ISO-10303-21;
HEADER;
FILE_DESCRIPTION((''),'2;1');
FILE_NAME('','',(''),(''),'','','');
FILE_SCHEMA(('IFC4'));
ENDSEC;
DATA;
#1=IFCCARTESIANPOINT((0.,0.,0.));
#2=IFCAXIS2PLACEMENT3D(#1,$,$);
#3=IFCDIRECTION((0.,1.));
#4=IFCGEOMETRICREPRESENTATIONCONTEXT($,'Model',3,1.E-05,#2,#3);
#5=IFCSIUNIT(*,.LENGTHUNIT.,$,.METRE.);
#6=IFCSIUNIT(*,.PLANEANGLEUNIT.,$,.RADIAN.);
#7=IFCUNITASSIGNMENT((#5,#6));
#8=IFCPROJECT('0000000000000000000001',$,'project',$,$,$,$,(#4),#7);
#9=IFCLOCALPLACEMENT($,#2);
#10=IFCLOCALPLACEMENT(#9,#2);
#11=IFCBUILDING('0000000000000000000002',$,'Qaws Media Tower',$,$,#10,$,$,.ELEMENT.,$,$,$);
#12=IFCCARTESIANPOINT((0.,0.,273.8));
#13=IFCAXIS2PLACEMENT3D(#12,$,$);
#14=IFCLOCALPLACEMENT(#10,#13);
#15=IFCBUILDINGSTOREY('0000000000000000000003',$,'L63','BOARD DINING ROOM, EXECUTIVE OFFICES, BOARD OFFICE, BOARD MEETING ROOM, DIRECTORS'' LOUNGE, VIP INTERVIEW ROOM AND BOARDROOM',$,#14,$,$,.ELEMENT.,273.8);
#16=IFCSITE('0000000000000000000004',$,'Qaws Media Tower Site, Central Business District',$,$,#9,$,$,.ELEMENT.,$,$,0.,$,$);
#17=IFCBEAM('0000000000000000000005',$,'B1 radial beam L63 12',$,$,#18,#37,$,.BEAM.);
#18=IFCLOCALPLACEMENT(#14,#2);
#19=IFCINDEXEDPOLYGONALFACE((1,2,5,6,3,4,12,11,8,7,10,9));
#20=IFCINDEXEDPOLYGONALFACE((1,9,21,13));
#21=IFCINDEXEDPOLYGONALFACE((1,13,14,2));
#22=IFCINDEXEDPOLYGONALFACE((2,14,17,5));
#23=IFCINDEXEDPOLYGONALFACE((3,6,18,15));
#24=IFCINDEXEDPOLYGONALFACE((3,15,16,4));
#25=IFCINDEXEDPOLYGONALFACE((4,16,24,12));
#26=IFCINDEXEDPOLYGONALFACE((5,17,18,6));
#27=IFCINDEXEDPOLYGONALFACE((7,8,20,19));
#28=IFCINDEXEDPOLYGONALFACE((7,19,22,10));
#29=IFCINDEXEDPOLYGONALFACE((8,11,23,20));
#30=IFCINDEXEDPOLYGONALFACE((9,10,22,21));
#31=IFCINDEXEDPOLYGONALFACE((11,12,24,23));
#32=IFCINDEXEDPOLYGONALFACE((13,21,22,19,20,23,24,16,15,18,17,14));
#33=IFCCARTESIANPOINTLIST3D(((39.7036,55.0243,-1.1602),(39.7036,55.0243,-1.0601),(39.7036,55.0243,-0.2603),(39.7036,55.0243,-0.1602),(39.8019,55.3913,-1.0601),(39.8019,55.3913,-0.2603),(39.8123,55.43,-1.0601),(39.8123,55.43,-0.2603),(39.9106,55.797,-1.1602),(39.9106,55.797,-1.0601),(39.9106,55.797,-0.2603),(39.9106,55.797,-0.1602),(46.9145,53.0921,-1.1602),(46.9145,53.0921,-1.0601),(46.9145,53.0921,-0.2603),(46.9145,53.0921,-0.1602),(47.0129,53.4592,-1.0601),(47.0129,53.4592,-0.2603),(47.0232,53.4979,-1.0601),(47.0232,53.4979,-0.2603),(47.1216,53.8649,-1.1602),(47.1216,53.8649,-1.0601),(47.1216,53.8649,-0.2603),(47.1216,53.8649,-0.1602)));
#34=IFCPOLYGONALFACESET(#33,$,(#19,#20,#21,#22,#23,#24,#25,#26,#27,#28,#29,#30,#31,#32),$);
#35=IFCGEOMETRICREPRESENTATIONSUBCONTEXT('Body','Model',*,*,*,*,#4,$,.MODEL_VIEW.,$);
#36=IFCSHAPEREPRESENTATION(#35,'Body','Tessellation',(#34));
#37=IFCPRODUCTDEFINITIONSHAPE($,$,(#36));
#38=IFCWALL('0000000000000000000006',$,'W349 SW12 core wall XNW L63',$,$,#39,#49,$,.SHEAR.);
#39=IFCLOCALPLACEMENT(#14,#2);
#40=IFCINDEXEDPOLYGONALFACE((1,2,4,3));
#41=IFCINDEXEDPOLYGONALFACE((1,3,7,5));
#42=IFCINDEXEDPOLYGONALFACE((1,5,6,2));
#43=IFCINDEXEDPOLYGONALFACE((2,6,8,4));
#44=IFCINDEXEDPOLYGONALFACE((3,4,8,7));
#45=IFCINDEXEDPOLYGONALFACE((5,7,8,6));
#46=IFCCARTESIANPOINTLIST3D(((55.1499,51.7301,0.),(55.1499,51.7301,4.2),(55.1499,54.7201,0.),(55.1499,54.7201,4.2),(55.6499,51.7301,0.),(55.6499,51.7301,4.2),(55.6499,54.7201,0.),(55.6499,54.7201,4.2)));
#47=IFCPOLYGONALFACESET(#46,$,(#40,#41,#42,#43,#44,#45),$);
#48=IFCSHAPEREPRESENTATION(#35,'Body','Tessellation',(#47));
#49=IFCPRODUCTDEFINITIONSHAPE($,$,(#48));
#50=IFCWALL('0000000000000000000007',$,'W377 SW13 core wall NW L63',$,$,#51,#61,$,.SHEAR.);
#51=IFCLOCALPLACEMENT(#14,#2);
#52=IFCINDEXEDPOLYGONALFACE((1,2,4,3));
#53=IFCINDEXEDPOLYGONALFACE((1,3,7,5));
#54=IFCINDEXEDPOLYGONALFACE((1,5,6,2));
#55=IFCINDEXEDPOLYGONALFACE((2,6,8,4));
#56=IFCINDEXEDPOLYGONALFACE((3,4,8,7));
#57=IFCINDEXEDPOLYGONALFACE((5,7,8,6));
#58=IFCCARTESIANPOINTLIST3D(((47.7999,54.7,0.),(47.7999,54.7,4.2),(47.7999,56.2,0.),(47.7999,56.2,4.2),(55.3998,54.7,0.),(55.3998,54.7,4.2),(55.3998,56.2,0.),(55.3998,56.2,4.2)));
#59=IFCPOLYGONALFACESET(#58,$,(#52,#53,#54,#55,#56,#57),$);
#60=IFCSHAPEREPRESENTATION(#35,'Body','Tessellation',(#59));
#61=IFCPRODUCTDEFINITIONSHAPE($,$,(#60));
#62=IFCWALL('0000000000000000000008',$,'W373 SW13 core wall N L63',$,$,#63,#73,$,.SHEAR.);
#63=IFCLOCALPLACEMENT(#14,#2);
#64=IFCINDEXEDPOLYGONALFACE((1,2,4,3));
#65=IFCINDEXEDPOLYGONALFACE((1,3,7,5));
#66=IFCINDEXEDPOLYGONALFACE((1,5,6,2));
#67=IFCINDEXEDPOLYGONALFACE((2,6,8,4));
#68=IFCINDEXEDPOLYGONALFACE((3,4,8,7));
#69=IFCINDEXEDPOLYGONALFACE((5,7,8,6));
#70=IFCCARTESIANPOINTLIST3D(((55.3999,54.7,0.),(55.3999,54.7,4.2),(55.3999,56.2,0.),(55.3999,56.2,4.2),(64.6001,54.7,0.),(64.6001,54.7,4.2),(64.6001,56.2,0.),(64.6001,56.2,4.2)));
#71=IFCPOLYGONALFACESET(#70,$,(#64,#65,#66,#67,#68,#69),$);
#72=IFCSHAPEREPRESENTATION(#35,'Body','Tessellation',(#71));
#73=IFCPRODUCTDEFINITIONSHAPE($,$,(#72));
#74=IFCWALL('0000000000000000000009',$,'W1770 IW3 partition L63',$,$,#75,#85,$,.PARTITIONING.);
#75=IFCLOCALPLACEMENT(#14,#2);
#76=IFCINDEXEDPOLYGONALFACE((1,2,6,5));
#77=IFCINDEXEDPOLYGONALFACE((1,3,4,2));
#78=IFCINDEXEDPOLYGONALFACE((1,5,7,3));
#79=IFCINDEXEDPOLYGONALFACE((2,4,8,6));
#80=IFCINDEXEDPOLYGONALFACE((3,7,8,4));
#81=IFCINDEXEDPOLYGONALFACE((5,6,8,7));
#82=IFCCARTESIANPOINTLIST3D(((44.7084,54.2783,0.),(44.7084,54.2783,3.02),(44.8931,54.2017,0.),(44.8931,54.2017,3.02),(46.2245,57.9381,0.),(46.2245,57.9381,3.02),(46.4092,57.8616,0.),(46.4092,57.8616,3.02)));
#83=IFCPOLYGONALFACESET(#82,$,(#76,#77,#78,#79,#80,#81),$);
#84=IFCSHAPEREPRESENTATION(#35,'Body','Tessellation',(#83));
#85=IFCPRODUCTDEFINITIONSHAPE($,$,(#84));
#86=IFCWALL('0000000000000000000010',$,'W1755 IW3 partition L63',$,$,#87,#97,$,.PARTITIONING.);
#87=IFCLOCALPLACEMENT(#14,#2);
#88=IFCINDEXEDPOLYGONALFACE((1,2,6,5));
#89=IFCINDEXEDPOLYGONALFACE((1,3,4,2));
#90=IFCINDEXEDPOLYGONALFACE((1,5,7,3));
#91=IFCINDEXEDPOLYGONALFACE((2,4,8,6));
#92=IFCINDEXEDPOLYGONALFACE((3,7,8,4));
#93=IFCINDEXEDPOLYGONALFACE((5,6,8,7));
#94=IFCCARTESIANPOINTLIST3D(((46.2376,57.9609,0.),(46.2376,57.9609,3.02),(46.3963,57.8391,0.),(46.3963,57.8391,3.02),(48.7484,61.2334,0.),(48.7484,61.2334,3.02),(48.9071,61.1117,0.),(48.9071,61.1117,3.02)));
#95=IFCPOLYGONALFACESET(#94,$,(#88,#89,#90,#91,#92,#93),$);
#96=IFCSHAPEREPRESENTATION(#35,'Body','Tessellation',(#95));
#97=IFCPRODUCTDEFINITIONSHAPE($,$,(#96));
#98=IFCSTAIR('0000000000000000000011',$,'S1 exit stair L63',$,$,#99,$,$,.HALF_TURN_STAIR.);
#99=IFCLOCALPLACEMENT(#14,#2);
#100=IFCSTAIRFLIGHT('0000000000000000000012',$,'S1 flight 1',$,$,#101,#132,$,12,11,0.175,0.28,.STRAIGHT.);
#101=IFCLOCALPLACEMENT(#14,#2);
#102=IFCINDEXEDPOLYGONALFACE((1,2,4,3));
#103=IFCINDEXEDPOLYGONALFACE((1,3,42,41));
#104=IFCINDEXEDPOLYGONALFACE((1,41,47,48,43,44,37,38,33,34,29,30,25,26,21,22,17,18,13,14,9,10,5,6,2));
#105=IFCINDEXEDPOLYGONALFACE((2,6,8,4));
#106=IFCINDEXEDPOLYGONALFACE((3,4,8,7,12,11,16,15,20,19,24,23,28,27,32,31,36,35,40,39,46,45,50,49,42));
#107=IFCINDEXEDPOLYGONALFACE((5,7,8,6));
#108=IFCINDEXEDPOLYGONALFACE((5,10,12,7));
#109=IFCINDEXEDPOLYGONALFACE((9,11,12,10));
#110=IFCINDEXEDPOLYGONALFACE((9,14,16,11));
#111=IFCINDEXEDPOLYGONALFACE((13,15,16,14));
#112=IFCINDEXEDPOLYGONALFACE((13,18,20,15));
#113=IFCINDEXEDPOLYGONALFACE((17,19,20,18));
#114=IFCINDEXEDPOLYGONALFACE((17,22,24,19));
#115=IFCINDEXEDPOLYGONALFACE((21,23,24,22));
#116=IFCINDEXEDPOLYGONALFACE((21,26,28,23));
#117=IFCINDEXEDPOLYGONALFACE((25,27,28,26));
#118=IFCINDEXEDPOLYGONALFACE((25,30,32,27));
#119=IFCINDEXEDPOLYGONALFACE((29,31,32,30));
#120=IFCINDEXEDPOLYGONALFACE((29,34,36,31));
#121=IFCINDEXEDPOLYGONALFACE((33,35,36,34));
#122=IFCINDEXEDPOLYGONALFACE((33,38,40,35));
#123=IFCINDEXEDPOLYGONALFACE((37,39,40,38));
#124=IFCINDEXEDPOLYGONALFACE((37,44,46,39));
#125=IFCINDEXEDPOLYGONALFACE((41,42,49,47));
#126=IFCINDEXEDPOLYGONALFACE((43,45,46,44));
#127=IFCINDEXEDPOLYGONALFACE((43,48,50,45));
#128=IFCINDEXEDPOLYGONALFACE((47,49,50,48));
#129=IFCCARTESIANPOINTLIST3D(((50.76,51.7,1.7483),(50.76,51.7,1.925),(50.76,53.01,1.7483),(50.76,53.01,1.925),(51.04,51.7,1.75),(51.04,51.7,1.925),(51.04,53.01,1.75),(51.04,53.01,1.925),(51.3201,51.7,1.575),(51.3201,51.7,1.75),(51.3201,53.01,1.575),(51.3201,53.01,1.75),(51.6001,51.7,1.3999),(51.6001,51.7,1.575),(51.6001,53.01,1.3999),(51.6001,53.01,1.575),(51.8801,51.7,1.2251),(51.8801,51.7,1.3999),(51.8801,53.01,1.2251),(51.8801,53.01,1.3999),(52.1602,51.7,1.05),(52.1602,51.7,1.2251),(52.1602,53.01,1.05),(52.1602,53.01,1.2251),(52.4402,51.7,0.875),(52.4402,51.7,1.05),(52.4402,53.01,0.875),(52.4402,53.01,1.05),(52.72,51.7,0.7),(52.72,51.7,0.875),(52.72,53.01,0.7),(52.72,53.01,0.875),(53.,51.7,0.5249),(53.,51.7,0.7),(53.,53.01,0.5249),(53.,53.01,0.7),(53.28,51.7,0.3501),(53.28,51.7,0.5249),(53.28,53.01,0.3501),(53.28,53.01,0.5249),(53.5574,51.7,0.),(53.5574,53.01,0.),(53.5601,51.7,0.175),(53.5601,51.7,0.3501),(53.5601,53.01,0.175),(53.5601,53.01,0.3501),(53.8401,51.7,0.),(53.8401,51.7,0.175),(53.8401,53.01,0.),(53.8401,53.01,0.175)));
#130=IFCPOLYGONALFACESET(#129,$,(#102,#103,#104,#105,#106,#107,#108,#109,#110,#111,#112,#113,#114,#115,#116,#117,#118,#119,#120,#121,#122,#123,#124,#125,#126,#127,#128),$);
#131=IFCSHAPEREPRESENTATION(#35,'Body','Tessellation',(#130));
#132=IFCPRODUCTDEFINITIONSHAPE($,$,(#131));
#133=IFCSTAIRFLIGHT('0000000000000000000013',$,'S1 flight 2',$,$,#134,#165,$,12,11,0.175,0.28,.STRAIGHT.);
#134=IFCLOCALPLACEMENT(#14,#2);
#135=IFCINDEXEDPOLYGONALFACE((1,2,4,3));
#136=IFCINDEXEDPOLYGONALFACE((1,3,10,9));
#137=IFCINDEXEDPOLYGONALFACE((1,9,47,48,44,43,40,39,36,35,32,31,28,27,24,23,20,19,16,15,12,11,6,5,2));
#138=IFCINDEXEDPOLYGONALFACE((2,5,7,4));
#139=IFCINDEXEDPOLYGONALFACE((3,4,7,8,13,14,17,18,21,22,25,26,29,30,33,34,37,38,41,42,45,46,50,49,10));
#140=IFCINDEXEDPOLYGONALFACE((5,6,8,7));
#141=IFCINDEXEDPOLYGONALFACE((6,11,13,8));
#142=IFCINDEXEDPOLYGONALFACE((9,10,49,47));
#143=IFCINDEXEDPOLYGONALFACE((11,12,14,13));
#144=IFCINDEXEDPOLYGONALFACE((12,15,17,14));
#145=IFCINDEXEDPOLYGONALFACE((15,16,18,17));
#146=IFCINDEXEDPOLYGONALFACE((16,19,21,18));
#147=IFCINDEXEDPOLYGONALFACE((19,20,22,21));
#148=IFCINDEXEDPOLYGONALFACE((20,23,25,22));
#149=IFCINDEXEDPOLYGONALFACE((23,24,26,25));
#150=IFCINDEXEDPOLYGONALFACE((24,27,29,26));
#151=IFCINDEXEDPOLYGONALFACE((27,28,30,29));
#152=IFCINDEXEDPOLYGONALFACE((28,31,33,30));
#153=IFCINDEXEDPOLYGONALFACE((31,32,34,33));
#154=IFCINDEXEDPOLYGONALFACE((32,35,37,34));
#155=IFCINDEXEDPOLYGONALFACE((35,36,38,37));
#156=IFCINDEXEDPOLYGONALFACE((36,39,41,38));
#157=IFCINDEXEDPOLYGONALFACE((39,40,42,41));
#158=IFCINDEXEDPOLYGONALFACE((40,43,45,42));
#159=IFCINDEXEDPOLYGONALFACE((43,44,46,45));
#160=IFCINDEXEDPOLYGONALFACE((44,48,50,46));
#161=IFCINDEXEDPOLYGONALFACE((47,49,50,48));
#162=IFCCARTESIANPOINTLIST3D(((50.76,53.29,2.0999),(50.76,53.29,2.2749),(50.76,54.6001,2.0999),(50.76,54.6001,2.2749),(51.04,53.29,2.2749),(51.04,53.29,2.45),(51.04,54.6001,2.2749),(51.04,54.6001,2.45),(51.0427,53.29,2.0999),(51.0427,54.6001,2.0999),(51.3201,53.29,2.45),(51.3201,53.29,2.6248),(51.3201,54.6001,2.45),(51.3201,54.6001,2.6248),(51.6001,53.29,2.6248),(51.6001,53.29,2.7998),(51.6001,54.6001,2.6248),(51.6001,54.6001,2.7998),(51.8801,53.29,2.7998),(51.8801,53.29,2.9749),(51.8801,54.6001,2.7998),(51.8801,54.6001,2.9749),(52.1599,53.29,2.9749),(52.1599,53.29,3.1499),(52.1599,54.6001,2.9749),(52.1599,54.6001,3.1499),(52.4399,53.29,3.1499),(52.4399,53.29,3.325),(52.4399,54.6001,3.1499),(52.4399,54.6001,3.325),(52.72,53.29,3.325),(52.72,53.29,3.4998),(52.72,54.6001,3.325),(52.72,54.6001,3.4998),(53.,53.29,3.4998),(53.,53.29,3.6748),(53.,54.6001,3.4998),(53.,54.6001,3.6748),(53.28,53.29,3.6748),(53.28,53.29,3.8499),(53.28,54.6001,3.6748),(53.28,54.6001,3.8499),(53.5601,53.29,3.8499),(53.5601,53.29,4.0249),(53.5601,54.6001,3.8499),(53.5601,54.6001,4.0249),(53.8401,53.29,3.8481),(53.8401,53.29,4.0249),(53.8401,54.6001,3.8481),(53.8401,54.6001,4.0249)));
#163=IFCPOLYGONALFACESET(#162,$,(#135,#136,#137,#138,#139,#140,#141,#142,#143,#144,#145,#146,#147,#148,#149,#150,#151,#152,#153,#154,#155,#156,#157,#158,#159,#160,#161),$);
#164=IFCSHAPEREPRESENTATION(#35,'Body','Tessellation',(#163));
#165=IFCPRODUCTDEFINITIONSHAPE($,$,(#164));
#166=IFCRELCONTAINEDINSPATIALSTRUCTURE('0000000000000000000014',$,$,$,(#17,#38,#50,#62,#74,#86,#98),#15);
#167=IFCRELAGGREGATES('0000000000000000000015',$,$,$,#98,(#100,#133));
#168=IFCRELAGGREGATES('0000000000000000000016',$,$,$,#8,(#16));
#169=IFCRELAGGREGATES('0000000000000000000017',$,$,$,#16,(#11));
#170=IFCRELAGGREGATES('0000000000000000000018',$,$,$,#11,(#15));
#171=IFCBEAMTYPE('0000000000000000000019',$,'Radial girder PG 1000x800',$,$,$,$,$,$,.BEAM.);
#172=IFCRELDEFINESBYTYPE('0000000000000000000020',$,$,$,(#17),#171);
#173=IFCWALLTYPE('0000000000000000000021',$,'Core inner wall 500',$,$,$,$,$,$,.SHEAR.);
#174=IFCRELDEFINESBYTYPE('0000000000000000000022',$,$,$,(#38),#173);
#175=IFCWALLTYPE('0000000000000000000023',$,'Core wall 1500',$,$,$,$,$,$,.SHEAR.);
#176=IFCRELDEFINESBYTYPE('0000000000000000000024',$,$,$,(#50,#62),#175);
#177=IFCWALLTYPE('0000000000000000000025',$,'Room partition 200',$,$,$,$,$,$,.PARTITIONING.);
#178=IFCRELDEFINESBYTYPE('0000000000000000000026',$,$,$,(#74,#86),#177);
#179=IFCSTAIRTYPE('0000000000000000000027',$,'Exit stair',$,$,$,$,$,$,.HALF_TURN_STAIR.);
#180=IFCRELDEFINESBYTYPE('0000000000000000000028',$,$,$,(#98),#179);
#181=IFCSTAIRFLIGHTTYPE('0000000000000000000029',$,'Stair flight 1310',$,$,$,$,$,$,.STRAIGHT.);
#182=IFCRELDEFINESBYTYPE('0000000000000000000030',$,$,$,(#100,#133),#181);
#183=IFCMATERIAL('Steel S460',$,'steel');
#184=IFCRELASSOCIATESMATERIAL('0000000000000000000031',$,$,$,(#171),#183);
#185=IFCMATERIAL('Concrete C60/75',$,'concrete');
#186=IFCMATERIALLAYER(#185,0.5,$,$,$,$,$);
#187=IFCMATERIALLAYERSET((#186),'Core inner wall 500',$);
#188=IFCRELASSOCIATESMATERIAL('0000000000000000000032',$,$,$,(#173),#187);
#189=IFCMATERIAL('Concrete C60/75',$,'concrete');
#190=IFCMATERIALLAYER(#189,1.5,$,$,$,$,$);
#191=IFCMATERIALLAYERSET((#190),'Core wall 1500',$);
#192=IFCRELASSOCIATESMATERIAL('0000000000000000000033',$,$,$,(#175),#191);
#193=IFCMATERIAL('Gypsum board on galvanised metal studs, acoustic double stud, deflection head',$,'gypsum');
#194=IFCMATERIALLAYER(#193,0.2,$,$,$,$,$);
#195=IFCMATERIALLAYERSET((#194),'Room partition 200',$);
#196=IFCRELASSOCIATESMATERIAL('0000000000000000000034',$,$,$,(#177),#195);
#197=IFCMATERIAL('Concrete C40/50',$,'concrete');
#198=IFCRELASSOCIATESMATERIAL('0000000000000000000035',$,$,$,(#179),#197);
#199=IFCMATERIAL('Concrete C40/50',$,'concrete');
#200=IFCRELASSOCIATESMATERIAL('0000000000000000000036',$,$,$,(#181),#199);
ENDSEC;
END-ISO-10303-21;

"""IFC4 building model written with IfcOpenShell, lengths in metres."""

from ifc_helpers import new_model, si_unit, direction, frame, frame_2d, origin, origin_2d, place, context, subcontext, project, spatial, polyline, rectangle, i_section, outline, extrude, material, layer, layer_set, material_profile, profile_set, type_object, element, aggregate, save


model = new_model("IFC4")

# Units and contexts
model_context = context("Model", 3, precision=1e-05, world=origin(), true_north=direction((0.0, 1.0)))
body_context = subcontext(model_context, "Body", "Model", "MODEL_VIEW")
ifc_project = project(units=[si_unit("LENGTHUNIT", "METRE"), si_unit("PLANEANGLEUNIT", "RADIAN")], contexts=[model_context])

# Site, building, storey
site_placement = place(None, origin())
site = spatial("IfcSite", under=ifc_project, at=site_placement, Name="Qaws Media Tower Site, Central Business District", CompositionType="ELEMENT", RefElevation=0.0)
building_placement = place(site_placement, origin())
building = spatial("IfcBuilding", under=site, at=building_placement, Name="Qaws Media Tower", CompositionType="ELEMENT")
storey_placement = place(building_placement, frame((0.0, 0.0, 273.8)))
storey = spatial("IfcBuildingStorey", under=building, at=storey_placement, Name="L63", Description="BOARD DINING ROOM, EXECUTIVE OFFICES, BOARD OFFICE, BOARD MEETING ROOM, DIRECTORS' LOUNGE, VIP INTERVIEW ROOM AND BOARDROOM", CompositionType="ELEMENT", Elevation=273.8)

# Beam
ifc_material_1 = material(Name="Steel S460", Category="steel")
ifc_material_profile_1 = material_profile(ifc_material_1, i_section(OverallWidth=0.8, OverallDepth=1.0, WebThickness=0.04, FlangeThickness=0.1001, at=origin_2d()), Name="PG 1000x800")
ifc_profile_set_1 = profile_set([ifc_material_profile_1], Name="Steel S460")
beam_type_1 = type_object("IfcBeamType", Name="Radial girder PG 1000x800", PredefinedType="BEAM", material=ifc_profile_set_1)
beam_1_placement = place(storey_placement, frame((47.0181, 53.4785, -0.6602), z_axis=(-0.965927, 0.258815, 0.0), x_axis=(-0.258815, -0.965927, 0.0)))
element("IfcBeam", 1, at=beam_1_placement, inside=storey, type_object=beam_type_1, Name="B1 radial beam L63 12", PredefinedType="BEAM", context=body_context, shape_type="SweptSolid", body=[
    extrude(i_section(OverallWidth=0.8, OverallDepth=1.0, WebThickness=0.04, FlangeThickness=0.1001, at=origin_2d()), origin(), (0.0, 0.0, 1.0), 7.4653),
])

# Walls
ifc_material_2 = material(Name="Concrete C60/75", Category="concrete")
ifc_layer_1 = layer(ifc_material_2, 0.5)
ifc_layer_set_1 = layer_set([ifc_layer_1], Name="Core inner wall 500")
wall_type_1 = type_object("IfcWallType", Name="Core inner wall 500", PredefinedType="SHEAR", material=ifc_layer_set_1)
wall_1_placement = place(storey_placement, frame((55.3999, 51.73, 0.0), z_axis=(0.0, 0.0, 1.0), x_axis=(0.0, 1.0, 0.0)))
element("IfcWall", 2, at=wall_1_placement, inside=storey, type_object=wall_type_1, Name="W349 SW12 core wall XNW L63", PredefinedType="SHEAR", context=body_context, shape_type="SweptSolid", body=[
    extrude(rectangle(XDim=2.99, YDim=0.5, at=frame_2d((1.4951, 0.0))), origin(), (0.0, 0.0, 1.0), 4.2),
])
ifc_material_3 = material(Name="Concrete C60/75", Category="concrete")
ifc_layer_2 = layer(ifc_material_3, 1.5)
ifc_layer_set_2 = layer_set([ifc_layer_2], Name="Core wall 1500")
wall_type_2 = type_object("IfcWallType", Name="Core wall 1500", PredefinedType="SHEAR", material=ifc_layer_set_2)
wall_2_placement = place(storey_placement, frame((47.8, 55.45, 0.0), z_axis=(0.0, 0.0, 1.0), x_axis=(1.0, 0.0, 0.0)))
element("IfcWall", 3, at=wall_2_placement, inside=storey, type_object=wall_type_2, Name="W377 SW13 core wall NW L63", PredefinedType="SHEAR", context=body_context, shape_type="SweptSolid", body=[
    extrude(rectangle(XDim=7.5999, YDim=1.5, at=frame_2d((3.7998, 0.0))), origin(), (0.0, 0.0, 1.0), 4.2),
])
wall_3_placement = place(storey_placement, frame((55.3999, 55.45, 0.0), z_axis=(0.0, 0.0, 1.0), x_axis=(1.0, 0.0, 0.0)))
element("IfcWall", 4, at=wall_3_placement, inside=storey, type_object=wall_type_2, Name="W373 SW13 core wall N L63", PredefinedType="SHEAR", context=body_context, shape_type="SweptSolid", body=[
    extrude(rectangle(XDim=9.2002, YDim=1.5, at=frame_2d((4.6001, 0.0))), origin(), (0.0, 0.0, 1.0), 4.2),
])
ifc_material_4 = material(Name="Gypsum board on galvanised metal studs, acoustic double stud, deflection head", Category="gypsum")
ifc_layer_3 = layer(ifc_material_4, 0.2)
ifc_layer_set_3 = layer_set([ifc_layer_3], Name="Room partition 200")
wall_type_3 = type_object("IfcWallType", Name="Room partition 200", PredefinedType="PARTITIONING", material=ifc_layer_set_3)
wall_4_placement = place(storey_placement, frame((44.8008, 54.24, 0.0), z_axis=(0.0, 0.0, 1.0), x_axis=(0.382711, 0.923868, 0.0)))
element("IfcWall", 5, at=wall_4_placement, inside=storey, type_object=wall_type_3, Name="W1770 IW3 partition L63", PredefinedType="PARTITIONING", context=body_context, shape_type="SweptSolid", body=[
    extrude(rectangle(XDim=3.9614, YDim=0.2, at=frame_2d((1.9807, 0.0))), origin(), (0.0, 0.0, 1.0), 3.02),
])
wall_5_placement = place(storey_placement, frame((46.3169, 57.8999, 0.0), z_axis=(0.0, 0.0, 1.0), x_axis=(0.608715, 0.793389, 0.0)))
element("IfcWall", 6, at=wall_5_placement, inside=storey, type_object=wall_type_3, Name="W1755 IW3 partition L63", PredefinedType="PARTITIONING", context=body_context, shape_type="SweptSolid", body=[
    extrude(rectangle(XDim=4.1248, YDim=0.2, at=frame_2d((2.0625, 0.0))), origin(), (0.0, 0.0, 1.0), 3.02),
])

# Stair, stair flights
ifc_material_5 = material(Name="Concrete C40/50", Category="concrete")
stair_type = type_object("IfcStairType", Name="Exit stair", PredefinedType="HALF_TURN_STAIR", material=ifc_material_5)
stair_placement = place(storey_placement, origin())
stair = element("IfcStair", 7, at=stair_placement, inside=storey, type_object=stair_type, Name="S1 exit stair L63", PredefinedType="HALF_TURN_STAIR")
ifc_material_6 = material(Name="Concrete C40/50", Category="concrete")
stair_flight_type = type_object("IfcStairFlightType", Name="Stair flight 1310", PredefinedType="STRAIGHT", material=ifc_material_6)
stair_flight_1_placement = place(storey_placement, frame((53.8401, 52.355, 0.0), z_axis=(0.0, 0.0, 1.0), x_axis=(-1.0, 0.0, 0.0)))
stair_flight_1 = element("IfcStairFlight", 8, at=stair_flight_1_placement, type_object=stair_flight_type, Name="S1 flight 1", NumberOfRisers=12, NumberOfTreads=11, PredefinedType="STRAIGHT", RiserHeight=0.175, TreadLength=0.28, context=body_context, shape_type="SweptSolid", body=[
    extrude(outline(polyline([(0.0, 0.0), (0.0, 0.175), (0.28, 0.175), (0.28, 0.3501), (0.5601, 0.3501), (0.5601, 0.5249), (0.8401, 0.5249), (0.8401, 0.7), (1.1201, 0.7), (1.1201, 0.875), (1.3999, 0.875), (1.3999, 1.05), (1.6799, 1.05), (1.6799, 1.2251), (1.96, 1.2251), (1.96, 1.3999), (2.24, 1.3999), (2.24, 1.575), (2.52, 1.575), (2.52, 1.75), (2.8, 1.75), (2.8, 1.925), (3.0801, 1.925), (3.0801, 2.1001), (3.0801, 1.7483), (0.2827, 0.0), (0.0, 0.0)])), frame((0.0, 0.655, 0.0), z_axis=(0.0, -1.0, 0.0), x_axis=(1.0, 0.0, 0.0)), (0.0, 0.0, 1.0), 1.3101),
])
stair_flight_2_placement = place(storey_placement, frame((50.76, 53.9451, 2.0999), z_axis=(0.0, 0.0, 1.0), x_axis=(1.0, 0.0, 0.0)))
stair_flight_2 = element("IfcStairFlight", 9, at=stair_flight_2_placement, type_object=stair_flight_type, Name="S1 flight 2", NumberOfRisers=12, NumberOfTreads=11, PredefinedType="STRAIGHT", RiserHeight=0.175, TreadLength=0.28, context=body_context, shape_type="SweptSolid", body=[
    extrude(outline(polyline([(0.0, 0.0), (0.0, 0.175), (0.28, 0.175), (0.28, 0.3501), (0.5601, 0.3501), (0.5601, 0.5249), (0.8401, 0.5249), (0.8401, 0.7), (1.1201, 0.7), (1.1201, 0.875), (1.3999, 0.875), (1.3999, 1.05), (1.6799, 1.05), (1.6799, 1.2251), (1.96, 1.2251), (1.96, 1.3999), (2.24, 1.3999), (2.24, 1.575), (2.52, 1.575), (2.52, 1.75), (2.8, 1.75), (2.8, 1.925), (3.0801, 1.925), (3.0801, 2.1001), (3.0801, 1.7483), (0.2827, 0.0), (0.0, 0.0)])), frame((0.0, 0.655, 0.0), z_axis=(0.0, -1.0, 0.0), x_axis=(1.0, 0.0, 0.0)), (0.0, 0.0, 1.0), 1.3101),
])
aggregate(stair, [stair_flight_1, stair_flight_2])

save(model, "model.ifc")
